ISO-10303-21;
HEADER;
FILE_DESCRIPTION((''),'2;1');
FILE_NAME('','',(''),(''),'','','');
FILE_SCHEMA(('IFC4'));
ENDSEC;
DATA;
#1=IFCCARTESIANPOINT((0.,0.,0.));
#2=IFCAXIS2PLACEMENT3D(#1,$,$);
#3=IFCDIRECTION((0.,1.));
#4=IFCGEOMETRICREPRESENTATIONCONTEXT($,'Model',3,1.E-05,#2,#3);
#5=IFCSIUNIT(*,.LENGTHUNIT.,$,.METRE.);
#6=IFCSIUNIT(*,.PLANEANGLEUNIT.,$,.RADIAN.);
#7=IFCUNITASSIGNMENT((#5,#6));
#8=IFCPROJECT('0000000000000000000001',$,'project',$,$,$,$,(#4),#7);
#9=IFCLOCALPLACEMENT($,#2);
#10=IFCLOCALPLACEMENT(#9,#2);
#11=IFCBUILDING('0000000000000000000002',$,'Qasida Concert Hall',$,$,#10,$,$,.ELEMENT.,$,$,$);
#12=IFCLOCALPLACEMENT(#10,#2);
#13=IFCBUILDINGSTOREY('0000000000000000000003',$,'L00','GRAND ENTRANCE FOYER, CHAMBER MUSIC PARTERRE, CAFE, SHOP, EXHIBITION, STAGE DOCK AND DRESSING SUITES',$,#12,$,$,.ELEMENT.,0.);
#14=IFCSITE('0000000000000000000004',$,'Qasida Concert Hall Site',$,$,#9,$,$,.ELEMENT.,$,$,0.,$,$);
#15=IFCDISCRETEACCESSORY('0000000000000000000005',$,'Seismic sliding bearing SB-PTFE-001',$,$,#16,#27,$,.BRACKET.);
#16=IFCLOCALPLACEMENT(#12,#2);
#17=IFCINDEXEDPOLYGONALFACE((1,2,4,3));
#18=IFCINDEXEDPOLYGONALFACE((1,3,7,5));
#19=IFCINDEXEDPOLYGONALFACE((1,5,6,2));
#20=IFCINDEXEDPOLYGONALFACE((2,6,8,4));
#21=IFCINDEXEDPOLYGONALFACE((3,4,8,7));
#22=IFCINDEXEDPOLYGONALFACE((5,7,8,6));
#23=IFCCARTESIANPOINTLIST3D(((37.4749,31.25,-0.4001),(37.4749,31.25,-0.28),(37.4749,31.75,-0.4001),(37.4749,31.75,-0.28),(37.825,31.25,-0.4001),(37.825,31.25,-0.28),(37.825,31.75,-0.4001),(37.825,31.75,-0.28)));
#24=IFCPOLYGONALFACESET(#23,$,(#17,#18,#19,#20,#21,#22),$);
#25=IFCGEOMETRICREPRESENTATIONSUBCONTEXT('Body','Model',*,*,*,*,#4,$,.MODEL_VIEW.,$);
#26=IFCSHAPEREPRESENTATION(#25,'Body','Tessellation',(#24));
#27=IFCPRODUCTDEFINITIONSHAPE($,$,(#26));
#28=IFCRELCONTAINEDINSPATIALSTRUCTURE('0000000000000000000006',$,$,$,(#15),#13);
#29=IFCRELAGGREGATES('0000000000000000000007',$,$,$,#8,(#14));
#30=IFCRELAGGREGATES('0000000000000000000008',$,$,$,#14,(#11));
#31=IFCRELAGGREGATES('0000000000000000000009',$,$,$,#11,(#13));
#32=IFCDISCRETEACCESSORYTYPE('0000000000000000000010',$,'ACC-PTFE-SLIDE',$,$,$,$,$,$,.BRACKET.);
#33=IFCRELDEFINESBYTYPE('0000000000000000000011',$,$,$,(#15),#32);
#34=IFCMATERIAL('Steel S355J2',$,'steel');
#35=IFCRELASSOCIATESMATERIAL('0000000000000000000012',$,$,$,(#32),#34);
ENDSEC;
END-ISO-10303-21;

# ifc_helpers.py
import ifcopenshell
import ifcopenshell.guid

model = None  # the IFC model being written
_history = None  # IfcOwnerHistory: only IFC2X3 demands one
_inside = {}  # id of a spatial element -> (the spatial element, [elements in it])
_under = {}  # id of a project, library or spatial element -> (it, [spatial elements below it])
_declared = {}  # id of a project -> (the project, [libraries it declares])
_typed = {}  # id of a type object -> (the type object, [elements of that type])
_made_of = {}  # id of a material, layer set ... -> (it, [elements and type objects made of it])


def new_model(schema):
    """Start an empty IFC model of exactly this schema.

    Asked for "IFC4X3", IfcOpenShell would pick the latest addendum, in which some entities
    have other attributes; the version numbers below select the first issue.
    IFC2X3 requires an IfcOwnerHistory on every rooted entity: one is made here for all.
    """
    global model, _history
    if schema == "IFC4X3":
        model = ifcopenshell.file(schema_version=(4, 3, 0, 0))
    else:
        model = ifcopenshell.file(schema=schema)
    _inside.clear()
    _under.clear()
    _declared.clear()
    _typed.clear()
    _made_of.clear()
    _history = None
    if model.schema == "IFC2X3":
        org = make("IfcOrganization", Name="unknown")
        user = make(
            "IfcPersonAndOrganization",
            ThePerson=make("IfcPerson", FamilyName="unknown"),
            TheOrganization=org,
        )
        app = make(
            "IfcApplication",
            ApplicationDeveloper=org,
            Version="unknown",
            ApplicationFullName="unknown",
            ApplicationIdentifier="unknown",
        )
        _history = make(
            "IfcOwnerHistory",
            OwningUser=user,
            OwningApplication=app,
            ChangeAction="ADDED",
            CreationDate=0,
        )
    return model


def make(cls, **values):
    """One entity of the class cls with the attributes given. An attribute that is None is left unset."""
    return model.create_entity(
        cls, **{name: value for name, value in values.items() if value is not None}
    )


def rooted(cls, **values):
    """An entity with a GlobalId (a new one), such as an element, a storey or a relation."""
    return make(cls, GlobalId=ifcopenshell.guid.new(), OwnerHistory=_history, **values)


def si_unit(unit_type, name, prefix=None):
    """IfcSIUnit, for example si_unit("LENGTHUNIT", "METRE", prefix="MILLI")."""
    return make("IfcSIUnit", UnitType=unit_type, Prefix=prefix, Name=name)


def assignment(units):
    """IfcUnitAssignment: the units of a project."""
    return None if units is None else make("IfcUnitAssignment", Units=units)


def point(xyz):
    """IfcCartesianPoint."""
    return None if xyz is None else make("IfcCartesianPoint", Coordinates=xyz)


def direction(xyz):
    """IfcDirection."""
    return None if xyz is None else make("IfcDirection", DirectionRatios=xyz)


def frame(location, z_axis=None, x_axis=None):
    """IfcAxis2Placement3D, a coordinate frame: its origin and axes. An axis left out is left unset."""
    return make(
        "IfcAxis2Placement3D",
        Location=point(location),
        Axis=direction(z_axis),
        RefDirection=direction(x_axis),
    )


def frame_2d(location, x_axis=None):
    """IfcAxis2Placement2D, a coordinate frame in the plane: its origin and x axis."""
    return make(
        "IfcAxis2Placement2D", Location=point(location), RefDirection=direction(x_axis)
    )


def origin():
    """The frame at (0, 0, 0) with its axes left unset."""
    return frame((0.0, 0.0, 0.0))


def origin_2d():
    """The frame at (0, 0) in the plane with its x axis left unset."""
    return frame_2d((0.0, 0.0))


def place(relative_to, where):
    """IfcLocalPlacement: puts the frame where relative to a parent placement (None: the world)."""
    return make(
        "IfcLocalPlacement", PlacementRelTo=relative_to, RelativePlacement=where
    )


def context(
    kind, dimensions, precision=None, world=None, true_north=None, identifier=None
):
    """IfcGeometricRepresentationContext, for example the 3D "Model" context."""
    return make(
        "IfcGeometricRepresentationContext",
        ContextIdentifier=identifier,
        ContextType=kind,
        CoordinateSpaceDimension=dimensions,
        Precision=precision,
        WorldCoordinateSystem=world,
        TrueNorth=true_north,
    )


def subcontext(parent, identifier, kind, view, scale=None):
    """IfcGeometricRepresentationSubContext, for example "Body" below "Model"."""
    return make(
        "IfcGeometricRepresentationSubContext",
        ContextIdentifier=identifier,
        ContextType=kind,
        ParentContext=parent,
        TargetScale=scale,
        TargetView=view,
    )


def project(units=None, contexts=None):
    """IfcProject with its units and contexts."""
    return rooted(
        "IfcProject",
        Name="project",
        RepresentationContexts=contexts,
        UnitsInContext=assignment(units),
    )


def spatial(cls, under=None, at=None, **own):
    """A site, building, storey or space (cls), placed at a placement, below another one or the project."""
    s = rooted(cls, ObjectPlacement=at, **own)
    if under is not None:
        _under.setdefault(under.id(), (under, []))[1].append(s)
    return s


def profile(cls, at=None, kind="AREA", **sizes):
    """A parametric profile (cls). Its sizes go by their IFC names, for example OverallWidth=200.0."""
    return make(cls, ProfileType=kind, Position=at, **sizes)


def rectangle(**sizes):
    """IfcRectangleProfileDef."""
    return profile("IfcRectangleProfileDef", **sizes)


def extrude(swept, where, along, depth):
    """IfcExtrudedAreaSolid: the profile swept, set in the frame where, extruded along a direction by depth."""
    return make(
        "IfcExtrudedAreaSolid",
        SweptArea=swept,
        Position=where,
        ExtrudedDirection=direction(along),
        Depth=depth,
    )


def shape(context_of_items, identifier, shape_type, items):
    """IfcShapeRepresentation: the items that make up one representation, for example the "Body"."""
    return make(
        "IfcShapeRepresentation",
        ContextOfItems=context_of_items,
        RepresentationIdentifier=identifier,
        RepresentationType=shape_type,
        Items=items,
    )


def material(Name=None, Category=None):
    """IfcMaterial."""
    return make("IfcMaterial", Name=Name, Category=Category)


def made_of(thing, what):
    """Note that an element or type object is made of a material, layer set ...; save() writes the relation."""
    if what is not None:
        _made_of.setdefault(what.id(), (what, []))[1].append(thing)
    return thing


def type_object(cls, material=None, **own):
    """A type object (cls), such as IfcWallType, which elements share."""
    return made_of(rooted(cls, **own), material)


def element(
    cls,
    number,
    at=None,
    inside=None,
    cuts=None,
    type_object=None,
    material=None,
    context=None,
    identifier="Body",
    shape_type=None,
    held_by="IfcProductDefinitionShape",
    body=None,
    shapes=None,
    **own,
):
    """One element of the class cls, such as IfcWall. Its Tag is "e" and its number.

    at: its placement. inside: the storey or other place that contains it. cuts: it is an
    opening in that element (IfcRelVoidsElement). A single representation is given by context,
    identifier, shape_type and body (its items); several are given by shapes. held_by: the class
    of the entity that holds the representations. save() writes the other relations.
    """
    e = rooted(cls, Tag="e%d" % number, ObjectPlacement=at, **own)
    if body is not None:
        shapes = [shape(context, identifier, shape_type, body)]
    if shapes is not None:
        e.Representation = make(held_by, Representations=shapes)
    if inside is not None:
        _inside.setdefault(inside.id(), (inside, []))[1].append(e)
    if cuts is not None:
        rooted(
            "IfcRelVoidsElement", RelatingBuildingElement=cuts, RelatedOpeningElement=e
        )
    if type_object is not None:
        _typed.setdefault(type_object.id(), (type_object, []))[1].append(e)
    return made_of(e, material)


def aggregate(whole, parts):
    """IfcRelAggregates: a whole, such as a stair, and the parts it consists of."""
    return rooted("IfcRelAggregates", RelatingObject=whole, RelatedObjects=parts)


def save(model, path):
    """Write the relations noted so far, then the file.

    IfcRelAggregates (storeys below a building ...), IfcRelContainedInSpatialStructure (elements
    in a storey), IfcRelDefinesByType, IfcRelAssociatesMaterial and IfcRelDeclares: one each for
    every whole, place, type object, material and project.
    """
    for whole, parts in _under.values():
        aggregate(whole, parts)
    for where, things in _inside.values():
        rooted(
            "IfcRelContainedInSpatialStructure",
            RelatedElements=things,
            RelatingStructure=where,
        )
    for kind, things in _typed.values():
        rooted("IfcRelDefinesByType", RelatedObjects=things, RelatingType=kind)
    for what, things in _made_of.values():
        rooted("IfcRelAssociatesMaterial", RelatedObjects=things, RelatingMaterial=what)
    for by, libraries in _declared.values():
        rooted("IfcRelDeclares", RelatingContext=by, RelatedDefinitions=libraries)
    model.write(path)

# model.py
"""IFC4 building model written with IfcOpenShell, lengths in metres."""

from ifc_helpers import new_model, si_unit, direction, frame, origin, origin_2d, place, context, subcontext, project, spatial, rectangle, extrude, material, type_object, element, save


model = new_model("IFC4")

# Units and contexts
model_context = context("Model", 3, precision=1e-05, world=origin(), true_north=direction((0.0, 1.0)))
body_context = subcontext(model_context, "Body", "Model", "MODEL_VIEW")
ifc_project = project(units=[si_unit("LENGTHUNIT", "METRE"), si_unit("PLANEANGLEUNIT", "RADIAN")], contexts=[model_context])

# Site, building, storey
site_placement = place(None, origin())
site = spatial("IfcSite", under=ifc_project, at=site_placement, Name="Qasida Concert Hall Site", CompositionType="ELEMENT", RefElevation=0.0)
building_placement = place(site_placement, origin())
building = spatial("IfcBuilding", under=site, at=building_placement, Name="Qasida Concert Hall", CompositionType="ELEMENT")
storey_placement = place(building_placement, origin())
storey = spatial("IfcBuildingStorey", under=building, at=storey_placement, Name="L00", Description="GRAND ENTRANCE FOYER, CHAMBER MUSIC PARTERRE, CAFE, SHOP, EXHIBITION, STAGE DOCK AND DRESSING SUITES", CompositionType="ELEMENT", Elevation=0.0)

# Discrete accessory
ifc_material_1 = material(Name="Steel S355J2", Category="steel")
discrete_accessory_type_1 = type_object("IfcDiscreteAccessoryType", Name="ACC-PTFE-SLIDE", PredefinedType="BRACKET", material=ifc_material_1)
discrete_accessory_1_placement = place(storey_placement, frame((37.6499, 31.5, -0.4001), z_axis=(0.0, 0.0, 1.0), x_axis=(1.0, 0.0, 0.0)))
element("IfcDiscreteAccessory", 1, at=discrete_accessory_1_placement, inside=storey, type_object=discrete_accessory_type_1, Name="Seismic sliding bearing SB-PTFE-001", PredefinedType="BRACKET", context=body_context, shape_type="SweptSolid", body=[
    extrude(rectangle(XDim=0.3501, YDim=0.5, at=origin_2d()), origin(), (0.0, 0.0, 1.0), 0.1201),
])

save(model, "model.ifc")
